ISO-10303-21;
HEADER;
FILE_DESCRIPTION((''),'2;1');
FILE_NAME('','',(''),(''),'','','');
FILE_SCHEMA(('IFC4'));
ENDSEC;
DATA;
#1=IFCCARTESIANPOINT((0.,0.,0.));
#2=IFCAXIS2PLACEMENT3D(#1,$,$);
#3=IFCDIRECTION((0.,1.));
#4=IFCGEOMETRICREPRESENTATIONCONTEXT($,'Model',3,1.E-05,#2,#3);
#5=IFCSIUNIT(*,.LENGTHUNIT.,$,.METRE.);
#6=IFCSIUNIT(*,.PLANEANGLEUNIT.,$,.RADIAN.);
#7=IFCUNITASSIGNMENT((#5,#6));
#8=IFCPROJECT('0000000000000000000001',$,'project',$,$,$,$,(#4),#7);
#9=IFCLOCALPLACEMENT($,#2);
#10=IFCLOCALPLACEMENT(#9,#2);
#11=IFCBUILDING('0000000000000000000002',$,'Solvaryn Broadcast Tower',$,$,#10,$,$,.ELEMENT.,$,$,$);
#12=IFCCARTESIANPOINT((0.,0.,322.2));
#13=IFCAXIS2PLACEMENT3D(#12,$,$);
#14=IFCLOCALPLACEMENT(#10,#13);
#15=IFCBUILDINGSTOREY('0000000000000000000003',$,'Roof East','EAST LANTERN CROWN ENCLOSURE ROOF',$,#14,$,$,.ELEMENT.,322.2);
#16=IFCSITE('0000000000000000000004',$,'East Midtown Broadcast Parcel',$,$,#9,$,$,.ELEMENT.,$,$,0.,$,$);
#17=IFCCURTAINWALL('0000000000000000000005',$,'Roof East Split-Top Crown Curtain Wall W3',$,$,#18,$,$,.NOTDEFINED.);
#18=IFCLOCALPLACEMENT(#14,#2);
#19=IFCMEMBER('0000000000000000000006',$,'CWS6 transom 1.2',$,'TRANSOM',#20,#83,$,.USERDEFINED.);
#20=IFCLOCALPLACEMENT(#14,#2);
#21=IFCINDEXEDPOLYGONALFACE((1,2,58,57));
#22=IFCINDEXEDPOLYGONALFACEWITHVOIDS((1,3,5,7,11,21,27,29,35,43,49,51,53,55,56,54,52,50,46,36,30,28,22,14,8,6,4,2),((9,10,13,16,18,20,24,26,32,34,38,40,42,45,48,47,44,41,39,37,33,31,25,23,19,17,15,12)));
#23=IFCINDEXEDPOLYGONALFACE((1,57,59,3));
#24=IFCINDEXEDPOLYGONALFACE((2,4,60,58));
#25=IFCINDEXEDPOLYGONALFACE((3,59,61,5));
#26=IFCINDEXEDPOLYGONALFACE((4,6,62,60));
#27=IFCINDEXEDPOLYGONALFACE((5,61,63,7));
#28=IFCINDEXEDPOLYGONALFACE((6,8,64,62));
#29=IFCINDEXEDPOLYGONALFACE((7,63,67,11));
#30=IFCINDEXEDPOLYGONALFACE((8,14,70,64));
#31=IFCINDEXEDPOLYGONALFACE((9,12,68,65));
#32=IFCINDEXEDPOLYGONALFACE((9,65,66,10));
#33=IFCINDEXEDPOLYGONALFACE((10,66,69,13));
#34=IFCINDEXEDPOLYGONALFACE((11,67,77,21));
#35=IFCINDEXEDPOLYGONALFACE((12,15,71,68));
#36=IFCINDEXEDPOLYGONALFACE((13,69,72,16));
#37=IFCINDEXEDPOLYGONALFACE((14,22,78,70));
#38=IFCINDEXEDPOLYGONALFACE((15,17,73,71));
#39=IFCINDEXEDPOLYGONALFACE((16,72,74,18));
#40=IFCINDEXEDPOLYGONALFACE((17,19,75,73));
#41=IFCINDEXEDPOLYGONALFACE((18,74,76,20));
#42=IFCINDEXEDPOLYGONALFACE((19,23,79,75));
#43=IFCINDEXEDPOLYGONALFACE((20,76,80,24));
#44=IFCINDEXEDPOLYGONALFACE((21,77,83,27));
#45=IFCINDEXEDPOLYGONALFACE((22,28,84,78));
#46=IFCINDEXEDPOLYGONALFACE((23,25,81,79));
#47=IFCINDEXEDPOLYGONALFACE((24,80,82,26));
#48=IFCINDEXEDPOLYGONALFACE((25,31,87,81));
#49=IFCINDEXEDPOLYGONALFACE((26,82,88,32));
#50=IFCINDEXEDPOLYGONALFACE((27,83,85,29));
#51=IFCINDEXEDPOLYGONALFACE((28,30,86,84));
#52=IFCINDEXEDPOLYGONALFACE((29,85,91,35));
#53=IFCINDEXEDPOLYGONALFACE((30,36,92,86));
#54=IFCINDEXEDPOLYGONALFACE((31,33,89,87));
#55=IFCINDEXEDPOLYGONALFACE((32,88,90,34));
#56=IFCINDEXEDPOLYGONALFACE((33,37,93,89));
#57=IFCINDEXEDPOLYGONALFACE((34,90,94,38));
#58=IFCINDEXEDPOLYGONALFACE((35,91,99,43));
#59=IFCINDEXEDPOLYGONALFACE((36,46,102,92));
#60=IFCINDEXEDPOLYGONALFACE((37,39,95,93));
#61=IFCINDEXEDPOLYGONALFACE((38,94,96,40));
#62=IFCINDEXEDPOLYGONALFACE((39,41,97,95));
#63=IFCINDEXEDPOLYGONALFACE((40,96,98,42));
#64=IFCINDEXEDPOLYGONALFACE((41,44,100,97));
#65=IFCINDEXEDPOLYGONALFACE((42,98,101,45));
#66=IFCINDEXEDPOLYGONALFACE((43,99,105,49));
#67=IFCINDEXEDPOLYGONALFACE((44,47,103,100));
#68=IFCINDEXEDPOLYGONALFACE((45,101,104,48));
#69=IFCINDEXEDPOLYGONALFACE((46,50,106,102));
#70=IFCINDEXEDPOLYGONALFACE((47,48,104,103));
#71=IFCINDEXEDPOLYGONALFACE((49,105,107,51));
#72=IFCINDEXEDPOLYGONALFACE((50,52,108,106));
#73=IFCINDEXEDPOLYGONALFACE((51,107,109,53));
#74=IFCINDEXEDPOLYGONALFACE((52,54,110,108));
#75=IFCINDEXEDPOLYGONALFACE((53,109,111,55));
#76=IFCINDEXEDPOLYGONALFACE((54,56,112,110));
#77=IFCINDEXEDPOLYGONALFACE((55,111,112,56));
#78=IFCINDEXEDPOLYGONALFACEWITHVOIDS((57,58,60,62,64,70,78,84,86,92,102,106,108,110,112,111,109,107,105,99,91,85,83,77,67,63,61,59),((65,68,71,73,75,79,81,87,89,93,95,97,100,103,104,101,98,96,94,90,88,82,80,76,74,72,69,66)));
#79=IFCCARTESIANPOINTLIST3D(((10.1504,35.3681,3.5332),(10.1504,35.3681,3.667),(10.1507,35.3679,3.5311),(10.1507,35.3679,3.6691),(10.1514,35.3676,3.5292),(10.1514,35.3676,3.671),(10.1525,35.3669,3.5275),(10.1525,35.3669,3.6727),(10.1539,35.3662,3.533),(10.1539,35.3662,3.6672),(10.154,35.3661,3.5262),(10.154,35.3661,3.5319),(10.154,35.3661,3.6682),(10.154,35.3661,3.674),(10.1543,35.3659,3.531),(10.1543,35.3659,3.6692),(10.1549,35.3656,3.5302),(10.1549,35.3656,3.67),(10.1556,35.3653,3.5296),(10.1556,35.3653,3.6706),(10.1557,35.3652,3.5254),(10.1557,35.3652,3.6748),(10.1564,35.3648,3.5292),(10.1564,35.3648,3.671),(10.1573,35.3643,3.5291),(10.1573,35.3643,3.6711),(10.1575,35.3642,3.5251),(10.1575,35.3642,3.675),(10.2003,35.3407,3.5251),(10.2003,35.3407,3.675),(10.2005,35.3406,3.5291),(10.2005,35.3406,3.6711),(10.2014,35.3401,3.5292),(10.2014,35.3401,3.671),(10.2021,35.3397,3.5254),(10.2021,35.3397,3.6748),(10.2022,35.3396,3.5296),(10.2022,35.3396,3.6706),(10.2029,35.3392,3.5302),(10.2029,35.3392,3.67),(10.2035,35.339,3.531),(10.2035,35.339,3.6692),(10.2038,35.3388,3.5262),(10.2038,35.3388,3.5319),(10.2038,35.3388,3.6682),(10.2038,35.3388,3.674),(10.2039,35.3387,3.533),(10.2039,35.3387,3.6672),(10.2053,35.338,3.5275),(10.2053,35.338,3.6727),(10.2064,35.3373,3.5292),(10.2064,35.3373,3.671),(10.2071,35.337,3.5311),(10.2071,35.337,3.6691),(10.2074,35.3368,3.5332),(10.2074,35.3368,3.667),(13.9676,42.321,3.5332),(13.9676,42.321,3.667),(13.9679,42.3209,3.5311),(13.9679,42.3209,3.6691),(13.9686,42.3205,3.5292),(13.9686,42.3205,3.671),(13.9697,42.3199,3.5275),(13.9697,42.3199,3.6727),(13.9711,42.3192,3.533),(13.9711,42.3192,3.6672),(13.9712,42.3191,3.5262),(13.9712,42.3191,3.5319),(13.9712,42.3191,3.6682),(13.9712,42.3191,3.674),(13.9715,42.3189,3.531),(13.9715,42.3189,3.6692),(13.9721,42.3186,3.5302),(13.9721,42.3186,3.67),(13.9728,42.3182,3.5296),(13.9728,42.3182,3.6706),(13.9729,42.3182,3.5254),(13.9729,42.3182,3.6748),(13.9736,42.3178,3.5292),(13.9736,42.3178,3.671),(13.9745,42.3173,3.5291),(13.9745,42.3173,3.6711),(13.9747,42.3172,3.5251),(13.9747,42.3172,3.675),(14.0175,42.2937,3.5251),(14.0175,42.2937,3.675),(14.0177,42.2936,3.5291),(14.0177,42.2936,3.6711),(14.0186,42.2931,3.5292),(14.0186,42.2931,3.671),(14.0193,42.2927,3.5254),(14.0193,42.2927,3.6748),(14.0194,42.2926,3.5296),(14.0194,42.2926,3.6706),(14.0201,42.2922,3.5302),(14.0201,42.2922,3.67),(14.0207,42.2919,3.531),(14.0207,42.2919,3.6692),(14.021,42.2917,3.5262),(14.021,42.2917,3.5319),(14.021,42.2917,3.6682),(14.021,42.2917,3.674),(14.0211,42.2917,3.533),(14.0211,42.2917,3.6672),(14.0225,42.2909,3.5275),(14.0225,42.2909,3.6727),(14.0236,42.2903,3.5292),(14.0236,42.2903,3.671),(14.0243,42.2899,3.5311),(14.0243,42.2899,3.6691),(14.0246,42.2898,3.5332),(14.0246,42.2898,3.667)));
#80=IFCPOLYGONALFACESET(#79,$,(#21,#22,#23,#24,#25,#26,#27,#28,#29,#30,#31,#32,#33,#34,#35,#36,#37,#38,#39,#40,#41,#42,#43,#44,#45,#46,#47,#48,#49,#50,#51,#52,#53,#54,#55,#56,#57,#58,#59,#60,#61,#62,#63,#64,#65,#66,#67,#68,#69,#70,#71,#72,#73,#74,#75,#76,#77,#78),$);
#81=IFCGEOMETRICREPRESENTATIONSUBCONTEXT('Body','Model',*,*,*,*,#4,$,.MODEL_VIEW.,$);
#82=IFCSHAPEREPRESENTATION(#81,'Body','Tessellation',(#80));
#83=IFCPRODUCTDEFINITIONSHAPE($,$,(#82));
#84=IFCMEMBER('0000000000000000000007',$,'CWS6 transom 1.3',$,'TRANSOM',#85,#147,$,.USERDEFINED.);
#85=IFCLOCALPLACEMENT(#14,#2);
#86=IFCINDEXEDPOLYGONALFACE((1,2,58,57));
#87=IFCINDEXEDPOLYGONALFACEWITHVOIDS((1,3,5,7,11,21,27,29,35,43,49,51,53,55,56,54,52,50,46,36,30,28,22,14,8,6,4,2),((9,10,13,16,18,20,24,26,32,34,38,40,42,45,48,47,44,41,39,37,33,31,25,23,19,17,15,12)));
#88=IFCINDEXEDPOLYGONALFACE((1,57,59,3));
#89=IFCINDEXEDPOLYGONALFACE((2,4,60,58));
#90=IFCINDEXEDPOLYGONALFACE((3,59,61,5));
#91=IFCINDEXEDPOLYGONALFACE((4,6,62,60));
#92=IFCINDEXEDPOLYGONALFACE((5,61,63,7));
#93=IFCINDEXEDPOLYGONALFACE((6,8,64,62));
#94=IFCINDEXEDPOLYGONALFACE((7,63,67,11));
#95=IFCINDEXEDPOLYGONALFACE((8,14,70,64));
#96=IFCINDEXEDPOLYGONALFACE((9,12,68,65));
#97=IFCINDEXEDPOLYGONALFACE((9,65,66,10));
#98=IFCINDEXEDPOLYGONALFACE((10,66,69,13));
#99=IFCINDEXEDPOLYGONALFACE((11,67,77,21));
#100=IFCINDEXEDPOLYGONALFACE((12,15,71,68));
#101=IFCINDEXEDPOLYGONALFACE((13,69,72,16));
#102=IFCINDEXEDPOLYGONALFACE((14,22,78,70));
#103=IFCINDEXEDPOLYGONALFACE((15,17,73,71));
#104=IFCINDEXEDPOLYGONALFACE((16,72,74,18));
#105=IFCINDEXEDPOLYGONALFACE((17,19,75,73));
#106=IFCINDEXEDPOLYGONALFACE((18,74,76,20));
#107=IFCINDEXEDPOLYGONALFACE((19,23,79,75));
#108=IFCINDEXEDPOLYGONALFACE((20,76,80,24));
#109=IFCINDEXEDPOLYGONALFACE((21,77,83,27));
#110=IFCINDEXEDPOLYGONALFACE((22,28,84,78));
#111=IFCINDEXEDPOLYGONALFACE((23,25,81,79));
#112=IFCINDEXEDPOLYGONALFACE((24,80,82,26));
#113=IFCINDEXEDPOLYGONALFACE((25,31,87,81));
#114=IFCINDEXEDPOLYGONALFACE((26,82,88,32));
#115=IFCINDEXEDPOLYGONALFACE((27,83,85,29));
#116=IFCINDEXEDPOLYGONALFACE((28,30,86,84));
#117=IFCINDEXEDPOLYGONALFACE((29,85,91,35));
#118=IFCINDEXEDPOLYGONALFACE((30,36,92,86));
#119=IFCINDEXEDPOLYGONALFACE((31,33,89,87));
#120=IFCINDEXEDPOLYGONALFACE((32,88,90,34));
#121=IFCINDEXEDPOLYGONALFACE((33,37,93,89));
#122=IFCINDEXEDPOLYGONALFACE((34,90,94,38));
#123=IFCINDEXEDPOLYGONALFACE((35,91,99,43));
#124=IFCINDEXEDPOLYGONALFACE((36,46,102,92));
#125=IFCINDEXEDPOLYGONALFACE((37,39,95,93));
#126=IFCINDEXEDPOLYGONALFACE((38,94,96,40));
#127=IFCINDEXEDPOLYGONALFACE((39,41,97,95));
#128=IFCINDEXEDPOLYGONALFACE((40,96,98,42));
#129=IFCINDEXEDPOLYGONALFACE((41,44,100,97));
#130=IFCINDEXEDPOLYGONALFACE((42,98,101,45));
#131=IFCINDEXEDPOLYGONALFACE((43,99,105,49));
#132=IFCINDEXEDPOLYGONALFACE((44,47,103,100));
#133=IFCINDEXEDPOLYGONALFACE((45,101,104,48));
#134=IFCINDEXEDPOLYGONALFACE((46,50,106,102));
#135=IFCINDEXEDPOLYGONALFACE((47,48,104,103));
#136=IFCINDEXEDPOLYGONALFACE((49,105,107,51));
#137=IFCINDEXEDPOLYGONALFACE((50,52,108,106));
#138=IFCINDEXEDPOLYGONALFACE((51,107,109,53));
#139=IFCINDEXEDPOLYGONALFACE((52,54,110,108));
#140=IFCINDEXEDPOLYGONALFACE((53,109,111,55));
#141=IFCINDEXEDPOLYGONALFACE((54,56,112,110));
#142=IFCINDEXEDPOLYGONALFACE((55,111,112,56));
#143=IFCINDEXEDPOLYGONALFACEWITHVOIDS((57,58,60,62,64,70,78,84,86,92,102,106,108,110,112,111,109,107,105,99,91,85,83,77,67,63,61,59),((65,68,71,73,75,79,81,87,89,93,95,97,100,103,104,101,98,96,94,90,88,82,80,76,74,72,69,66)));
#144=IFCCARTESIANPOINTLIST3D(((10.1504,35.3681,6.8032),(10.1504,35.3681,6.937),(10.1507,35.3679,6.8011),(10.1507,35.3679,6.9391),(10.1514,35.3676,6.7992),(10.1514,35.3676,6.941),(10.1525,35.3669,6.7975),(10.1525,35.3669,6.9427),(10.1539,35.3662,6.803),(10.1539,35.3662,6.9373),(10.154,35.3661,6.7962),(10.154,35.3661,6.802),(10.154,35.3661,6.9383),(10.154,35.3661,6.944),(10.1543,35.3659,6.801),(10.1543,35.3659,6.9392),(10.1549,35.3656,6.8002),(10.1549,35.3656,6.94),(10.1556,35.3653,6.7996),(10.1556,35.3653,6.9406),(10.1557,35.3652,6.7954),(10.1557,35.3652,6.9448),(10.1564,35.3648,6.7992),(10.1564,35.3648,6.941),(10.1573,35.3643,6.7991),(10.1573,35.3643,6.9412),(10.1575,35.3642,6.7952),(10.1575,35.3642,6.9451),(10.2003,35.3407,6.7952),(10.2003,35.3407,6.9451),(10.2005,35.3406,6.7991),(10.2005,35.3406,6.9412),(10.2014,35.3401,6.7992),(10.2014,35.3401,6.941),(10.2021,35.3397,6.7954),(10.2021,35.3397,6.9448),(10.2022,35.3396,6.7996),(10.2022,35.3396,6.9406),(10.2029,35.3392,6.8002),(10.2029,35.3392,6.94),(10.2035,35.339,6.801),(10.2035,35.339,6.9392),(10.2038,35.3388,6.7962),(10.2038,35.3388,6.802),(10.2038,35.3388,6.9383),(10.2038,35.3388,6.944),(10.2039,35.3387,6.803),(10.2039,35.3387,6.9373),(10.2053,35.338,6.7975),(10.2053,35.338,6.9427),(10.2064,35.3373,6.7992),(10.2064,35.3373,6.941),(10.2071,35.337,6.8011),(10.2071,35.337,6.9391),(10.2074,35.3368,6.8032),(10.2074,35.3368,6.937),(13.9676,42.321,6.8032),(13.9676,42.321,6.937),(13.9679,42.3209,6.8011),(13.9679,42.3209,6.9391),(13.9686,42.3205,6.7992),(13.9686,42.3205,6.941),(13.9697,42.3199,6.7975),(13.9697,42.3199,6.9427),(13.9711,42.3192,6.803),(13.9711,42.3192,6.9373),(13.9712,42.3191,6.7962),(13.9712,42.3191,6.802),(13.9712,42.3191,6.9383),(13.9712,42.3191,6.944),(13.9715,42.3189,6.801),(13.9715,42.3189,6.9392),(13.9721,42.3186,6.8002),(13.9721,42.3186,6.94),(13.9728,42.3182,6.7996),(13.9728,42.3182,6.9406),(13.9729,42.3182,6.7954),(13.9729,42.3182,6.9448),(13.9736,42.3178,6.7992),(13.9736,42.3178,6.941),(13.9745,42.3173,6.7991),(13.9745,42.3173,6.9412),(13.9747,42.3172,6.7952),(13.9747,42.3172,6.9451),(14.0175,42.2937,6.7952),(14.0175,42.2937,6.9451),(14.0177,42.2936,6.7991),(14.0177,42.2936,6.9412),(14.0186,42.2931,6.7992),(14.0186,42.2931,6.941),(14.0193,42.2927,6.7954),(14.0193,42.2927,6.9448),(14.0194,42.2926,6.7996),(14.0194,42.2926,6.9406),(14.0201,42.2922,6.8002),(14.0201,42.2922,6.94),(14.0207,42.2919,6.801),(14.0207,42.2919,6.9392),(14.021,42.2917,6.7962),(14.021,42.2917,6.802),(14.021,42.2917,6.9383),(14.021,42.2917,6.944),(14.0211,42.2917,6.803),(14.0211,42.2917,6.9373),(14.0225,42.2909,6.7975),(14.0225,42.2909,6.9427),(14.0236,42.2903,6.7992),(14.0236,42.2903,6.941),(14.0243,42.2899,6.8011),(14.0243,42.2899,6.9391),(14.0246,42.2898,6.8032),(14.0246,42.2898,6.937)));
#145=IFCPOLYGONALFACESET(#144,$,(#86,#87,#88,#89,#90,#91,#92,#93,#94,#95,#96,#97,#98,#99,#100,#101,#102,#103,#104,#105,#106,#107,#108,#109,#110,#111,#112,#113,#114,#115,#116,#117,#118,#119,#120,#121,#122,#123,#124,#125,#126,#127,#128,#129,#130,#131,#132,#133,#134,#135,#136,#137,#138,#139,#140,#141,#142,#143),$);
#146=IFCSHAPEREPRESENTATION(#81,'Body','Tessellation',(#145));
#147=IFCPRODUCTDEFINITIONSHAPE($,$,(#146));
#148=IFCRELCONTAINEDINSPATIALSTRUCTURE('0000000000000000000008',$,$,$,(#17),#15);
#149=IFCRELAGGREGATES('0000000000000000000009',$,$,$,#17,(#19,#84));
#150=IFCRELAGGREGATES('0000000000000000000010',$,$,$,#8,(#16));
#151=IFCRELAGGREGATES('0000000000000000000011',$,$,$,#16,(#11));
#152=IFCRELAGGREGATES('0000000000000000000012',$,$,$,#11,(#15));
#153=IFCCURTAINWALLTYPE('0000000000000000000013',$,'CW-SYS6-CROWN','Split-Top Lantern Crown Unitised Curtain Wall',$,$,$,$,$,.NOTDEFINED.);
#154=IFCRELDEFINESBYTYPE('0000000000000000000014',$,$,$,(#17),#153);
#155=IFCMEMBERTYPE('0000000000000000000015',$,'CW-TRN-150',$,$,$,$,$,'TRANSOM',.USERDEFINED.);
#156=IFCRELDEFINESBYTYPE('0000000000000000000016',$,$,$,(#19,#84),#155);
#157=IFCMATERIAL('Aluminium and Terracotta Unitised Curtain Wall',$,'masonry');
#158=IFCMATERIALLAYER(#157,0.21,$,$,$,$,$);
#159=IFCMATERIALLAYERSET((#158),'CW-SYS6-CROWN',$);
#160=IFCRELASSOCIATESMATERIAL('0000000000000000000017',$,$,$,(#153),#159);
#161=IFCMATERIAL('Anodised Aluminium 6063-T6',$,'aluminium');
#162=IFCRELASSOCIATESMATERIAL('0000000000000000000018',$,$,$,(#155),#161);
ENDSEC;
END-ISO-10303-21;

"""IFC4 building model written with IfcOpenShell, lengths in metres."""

from ifc_helpers import new_model, si_unit, direction, frame, origin, origin_2d, place, context, subcontext, project, spatial, hollow_rectangle, extrude, material, layer, layer_set, material_profile, profile_set, type_object, element, aggregate, save


model = new_model("IFC4")

# Units and contexts
model_context = context("Model", 3, precision=1e-05, world=origin(), true_north=direction((0.0, 1.0)))
body_context = subcontext(model_context, "Body", "Model", "MODEL_VIEW")
ifc_project = project(units=[si_unit("LENGTHUNIT", "METRE"), si_unit("PLANEANGLEUNIT", "RADIAN")], contexts=[model_context])

# Site, building, storey
site_placement = place(None, origin())
site = spatial("IfcSite", under=ifc_project, at=site_placement, Name="East Midtown Broadcast Parcel", CompositionType="ELEMENT", RefElevation=0.0)
building_placement = place(site_placement, origin())
building = spatial("IfcBuilding", under=site, at=building_placement, Name="Solvaryn Broadcast Tower", CompositionType="ELEMENT")
storey_placement = place(building_placement, frame((0.0, 0.0, 322.2)))
storey = spatial("IfcBuildingStorey", under=building, at=storey_placement, Name="Roof East", Description="EAST LANTERN CROWN ENCLOSURE ROOF", CompositionType="ELEMENT", Elevation=322.2)

# Shared definitions
ifc_material_1 = material(Name="Aluminium and Terracotta Unitised Curtain Wall", Category="masonry")
ifc_layer_1 = layer(ifc_material_1, 0.21)
ifc_layer_set_1 = layer_set([ifc_layer_1], Name="CW-SYS6-CROWN")
curtain_wall_type = type_object("IfcCurtainWallType", Name="CW-SYS6-CROWN", Description="Split-Top Lantern Crown Unitised Curtain Wall", PredefinedType="NOTDEFINED", material=ifc_layer_set_1)

# Curtain wall, members
curtain_wall_1_placement = place(storey_placement, origin())
curtain_wall_1 = element("IfcCurtainWall", 1, at=curtain_wall_1_placement, inside=storey, type_object=curtain_wall_type, Name="Roof East Split-Top Crown Curtain Wall W3", PredefinedType="NOTDEFINED")
ifc_material_2 = material(Name="Anodised Aluminium 6063-T6", Category="aluminium")
ifc_material_profile_1 = material_profile(ifc_material_2, hollow_rectangle(XDim=0.0649, YDim=0.1499, WallThickness=0.0039, InnerFilletRadius=0.0039, OuterFilletRadius=0.0081, at=origin_2d()))
ifc_profile_set_1 = profile_set([ifc_material_profile_1], Name="Anodised Aluminium 6063-T6")
member_type_1 = type_object("IfcMemberType", Name="CW-TRN-150", ElementType="TRANSOM", PredefinedType="USERDEFINED", material=ifc_profile_set_1)
member_1_placement = place(storey_placement, frame((13.9961, 42.3054, 3.6001), z_axis=(-0.481246, -0.876585, 0.0), x_axis=(0.876585, -0.481246, 0.0)))
member_1 = element("IfcMember", 2, at=member_1_placement, type_object=member_type_1, Name="CWS6 transom 1.2", ObjectType="TRANSOM", PredefinedType="USERDEFINED", context=body_context, shape_type="SweptSolid", body=[
    extrude(hollow_rectangle(XDim=0.0649, YDim=0.1499, WallThickness=0.0039, InnerFilletRadius=0.0039, OuterFilletRadius=0.0081, at=origin_2d()), origin(), (0.0, 0.0, 1.0), 7.9319),
])
member_2_placement = place(storey_placement, frame((13.9961, 42.3054, 6.8701), z_axis=(-0.481246, -0.876585, 0.0), x_axis=(0.876585, -0.481246, 0.0)))
member_2 = element("IfcMember", 3, at=member_2_placement, type_object=member_type_1, Name="CWS6 transom 1.3", ObjectType="TRANSOM", PredefinedType="USERDEFINED", context=body_context, shape_type="SweptSolid", body=[
    extrude(hollow_rectangle(XDim=0.0649, YDim=0.1499, WallThickness=0.0039, InnerFilletRadius=0.0039, OuterFilletRadius=0.0081, at=origin_2d()), origin(), (0.0, 0.0, 1.0), 7.9319),
])

aggregate(curtain_wall_1, [member_1, member_2])

save(model, "model.ifc")
